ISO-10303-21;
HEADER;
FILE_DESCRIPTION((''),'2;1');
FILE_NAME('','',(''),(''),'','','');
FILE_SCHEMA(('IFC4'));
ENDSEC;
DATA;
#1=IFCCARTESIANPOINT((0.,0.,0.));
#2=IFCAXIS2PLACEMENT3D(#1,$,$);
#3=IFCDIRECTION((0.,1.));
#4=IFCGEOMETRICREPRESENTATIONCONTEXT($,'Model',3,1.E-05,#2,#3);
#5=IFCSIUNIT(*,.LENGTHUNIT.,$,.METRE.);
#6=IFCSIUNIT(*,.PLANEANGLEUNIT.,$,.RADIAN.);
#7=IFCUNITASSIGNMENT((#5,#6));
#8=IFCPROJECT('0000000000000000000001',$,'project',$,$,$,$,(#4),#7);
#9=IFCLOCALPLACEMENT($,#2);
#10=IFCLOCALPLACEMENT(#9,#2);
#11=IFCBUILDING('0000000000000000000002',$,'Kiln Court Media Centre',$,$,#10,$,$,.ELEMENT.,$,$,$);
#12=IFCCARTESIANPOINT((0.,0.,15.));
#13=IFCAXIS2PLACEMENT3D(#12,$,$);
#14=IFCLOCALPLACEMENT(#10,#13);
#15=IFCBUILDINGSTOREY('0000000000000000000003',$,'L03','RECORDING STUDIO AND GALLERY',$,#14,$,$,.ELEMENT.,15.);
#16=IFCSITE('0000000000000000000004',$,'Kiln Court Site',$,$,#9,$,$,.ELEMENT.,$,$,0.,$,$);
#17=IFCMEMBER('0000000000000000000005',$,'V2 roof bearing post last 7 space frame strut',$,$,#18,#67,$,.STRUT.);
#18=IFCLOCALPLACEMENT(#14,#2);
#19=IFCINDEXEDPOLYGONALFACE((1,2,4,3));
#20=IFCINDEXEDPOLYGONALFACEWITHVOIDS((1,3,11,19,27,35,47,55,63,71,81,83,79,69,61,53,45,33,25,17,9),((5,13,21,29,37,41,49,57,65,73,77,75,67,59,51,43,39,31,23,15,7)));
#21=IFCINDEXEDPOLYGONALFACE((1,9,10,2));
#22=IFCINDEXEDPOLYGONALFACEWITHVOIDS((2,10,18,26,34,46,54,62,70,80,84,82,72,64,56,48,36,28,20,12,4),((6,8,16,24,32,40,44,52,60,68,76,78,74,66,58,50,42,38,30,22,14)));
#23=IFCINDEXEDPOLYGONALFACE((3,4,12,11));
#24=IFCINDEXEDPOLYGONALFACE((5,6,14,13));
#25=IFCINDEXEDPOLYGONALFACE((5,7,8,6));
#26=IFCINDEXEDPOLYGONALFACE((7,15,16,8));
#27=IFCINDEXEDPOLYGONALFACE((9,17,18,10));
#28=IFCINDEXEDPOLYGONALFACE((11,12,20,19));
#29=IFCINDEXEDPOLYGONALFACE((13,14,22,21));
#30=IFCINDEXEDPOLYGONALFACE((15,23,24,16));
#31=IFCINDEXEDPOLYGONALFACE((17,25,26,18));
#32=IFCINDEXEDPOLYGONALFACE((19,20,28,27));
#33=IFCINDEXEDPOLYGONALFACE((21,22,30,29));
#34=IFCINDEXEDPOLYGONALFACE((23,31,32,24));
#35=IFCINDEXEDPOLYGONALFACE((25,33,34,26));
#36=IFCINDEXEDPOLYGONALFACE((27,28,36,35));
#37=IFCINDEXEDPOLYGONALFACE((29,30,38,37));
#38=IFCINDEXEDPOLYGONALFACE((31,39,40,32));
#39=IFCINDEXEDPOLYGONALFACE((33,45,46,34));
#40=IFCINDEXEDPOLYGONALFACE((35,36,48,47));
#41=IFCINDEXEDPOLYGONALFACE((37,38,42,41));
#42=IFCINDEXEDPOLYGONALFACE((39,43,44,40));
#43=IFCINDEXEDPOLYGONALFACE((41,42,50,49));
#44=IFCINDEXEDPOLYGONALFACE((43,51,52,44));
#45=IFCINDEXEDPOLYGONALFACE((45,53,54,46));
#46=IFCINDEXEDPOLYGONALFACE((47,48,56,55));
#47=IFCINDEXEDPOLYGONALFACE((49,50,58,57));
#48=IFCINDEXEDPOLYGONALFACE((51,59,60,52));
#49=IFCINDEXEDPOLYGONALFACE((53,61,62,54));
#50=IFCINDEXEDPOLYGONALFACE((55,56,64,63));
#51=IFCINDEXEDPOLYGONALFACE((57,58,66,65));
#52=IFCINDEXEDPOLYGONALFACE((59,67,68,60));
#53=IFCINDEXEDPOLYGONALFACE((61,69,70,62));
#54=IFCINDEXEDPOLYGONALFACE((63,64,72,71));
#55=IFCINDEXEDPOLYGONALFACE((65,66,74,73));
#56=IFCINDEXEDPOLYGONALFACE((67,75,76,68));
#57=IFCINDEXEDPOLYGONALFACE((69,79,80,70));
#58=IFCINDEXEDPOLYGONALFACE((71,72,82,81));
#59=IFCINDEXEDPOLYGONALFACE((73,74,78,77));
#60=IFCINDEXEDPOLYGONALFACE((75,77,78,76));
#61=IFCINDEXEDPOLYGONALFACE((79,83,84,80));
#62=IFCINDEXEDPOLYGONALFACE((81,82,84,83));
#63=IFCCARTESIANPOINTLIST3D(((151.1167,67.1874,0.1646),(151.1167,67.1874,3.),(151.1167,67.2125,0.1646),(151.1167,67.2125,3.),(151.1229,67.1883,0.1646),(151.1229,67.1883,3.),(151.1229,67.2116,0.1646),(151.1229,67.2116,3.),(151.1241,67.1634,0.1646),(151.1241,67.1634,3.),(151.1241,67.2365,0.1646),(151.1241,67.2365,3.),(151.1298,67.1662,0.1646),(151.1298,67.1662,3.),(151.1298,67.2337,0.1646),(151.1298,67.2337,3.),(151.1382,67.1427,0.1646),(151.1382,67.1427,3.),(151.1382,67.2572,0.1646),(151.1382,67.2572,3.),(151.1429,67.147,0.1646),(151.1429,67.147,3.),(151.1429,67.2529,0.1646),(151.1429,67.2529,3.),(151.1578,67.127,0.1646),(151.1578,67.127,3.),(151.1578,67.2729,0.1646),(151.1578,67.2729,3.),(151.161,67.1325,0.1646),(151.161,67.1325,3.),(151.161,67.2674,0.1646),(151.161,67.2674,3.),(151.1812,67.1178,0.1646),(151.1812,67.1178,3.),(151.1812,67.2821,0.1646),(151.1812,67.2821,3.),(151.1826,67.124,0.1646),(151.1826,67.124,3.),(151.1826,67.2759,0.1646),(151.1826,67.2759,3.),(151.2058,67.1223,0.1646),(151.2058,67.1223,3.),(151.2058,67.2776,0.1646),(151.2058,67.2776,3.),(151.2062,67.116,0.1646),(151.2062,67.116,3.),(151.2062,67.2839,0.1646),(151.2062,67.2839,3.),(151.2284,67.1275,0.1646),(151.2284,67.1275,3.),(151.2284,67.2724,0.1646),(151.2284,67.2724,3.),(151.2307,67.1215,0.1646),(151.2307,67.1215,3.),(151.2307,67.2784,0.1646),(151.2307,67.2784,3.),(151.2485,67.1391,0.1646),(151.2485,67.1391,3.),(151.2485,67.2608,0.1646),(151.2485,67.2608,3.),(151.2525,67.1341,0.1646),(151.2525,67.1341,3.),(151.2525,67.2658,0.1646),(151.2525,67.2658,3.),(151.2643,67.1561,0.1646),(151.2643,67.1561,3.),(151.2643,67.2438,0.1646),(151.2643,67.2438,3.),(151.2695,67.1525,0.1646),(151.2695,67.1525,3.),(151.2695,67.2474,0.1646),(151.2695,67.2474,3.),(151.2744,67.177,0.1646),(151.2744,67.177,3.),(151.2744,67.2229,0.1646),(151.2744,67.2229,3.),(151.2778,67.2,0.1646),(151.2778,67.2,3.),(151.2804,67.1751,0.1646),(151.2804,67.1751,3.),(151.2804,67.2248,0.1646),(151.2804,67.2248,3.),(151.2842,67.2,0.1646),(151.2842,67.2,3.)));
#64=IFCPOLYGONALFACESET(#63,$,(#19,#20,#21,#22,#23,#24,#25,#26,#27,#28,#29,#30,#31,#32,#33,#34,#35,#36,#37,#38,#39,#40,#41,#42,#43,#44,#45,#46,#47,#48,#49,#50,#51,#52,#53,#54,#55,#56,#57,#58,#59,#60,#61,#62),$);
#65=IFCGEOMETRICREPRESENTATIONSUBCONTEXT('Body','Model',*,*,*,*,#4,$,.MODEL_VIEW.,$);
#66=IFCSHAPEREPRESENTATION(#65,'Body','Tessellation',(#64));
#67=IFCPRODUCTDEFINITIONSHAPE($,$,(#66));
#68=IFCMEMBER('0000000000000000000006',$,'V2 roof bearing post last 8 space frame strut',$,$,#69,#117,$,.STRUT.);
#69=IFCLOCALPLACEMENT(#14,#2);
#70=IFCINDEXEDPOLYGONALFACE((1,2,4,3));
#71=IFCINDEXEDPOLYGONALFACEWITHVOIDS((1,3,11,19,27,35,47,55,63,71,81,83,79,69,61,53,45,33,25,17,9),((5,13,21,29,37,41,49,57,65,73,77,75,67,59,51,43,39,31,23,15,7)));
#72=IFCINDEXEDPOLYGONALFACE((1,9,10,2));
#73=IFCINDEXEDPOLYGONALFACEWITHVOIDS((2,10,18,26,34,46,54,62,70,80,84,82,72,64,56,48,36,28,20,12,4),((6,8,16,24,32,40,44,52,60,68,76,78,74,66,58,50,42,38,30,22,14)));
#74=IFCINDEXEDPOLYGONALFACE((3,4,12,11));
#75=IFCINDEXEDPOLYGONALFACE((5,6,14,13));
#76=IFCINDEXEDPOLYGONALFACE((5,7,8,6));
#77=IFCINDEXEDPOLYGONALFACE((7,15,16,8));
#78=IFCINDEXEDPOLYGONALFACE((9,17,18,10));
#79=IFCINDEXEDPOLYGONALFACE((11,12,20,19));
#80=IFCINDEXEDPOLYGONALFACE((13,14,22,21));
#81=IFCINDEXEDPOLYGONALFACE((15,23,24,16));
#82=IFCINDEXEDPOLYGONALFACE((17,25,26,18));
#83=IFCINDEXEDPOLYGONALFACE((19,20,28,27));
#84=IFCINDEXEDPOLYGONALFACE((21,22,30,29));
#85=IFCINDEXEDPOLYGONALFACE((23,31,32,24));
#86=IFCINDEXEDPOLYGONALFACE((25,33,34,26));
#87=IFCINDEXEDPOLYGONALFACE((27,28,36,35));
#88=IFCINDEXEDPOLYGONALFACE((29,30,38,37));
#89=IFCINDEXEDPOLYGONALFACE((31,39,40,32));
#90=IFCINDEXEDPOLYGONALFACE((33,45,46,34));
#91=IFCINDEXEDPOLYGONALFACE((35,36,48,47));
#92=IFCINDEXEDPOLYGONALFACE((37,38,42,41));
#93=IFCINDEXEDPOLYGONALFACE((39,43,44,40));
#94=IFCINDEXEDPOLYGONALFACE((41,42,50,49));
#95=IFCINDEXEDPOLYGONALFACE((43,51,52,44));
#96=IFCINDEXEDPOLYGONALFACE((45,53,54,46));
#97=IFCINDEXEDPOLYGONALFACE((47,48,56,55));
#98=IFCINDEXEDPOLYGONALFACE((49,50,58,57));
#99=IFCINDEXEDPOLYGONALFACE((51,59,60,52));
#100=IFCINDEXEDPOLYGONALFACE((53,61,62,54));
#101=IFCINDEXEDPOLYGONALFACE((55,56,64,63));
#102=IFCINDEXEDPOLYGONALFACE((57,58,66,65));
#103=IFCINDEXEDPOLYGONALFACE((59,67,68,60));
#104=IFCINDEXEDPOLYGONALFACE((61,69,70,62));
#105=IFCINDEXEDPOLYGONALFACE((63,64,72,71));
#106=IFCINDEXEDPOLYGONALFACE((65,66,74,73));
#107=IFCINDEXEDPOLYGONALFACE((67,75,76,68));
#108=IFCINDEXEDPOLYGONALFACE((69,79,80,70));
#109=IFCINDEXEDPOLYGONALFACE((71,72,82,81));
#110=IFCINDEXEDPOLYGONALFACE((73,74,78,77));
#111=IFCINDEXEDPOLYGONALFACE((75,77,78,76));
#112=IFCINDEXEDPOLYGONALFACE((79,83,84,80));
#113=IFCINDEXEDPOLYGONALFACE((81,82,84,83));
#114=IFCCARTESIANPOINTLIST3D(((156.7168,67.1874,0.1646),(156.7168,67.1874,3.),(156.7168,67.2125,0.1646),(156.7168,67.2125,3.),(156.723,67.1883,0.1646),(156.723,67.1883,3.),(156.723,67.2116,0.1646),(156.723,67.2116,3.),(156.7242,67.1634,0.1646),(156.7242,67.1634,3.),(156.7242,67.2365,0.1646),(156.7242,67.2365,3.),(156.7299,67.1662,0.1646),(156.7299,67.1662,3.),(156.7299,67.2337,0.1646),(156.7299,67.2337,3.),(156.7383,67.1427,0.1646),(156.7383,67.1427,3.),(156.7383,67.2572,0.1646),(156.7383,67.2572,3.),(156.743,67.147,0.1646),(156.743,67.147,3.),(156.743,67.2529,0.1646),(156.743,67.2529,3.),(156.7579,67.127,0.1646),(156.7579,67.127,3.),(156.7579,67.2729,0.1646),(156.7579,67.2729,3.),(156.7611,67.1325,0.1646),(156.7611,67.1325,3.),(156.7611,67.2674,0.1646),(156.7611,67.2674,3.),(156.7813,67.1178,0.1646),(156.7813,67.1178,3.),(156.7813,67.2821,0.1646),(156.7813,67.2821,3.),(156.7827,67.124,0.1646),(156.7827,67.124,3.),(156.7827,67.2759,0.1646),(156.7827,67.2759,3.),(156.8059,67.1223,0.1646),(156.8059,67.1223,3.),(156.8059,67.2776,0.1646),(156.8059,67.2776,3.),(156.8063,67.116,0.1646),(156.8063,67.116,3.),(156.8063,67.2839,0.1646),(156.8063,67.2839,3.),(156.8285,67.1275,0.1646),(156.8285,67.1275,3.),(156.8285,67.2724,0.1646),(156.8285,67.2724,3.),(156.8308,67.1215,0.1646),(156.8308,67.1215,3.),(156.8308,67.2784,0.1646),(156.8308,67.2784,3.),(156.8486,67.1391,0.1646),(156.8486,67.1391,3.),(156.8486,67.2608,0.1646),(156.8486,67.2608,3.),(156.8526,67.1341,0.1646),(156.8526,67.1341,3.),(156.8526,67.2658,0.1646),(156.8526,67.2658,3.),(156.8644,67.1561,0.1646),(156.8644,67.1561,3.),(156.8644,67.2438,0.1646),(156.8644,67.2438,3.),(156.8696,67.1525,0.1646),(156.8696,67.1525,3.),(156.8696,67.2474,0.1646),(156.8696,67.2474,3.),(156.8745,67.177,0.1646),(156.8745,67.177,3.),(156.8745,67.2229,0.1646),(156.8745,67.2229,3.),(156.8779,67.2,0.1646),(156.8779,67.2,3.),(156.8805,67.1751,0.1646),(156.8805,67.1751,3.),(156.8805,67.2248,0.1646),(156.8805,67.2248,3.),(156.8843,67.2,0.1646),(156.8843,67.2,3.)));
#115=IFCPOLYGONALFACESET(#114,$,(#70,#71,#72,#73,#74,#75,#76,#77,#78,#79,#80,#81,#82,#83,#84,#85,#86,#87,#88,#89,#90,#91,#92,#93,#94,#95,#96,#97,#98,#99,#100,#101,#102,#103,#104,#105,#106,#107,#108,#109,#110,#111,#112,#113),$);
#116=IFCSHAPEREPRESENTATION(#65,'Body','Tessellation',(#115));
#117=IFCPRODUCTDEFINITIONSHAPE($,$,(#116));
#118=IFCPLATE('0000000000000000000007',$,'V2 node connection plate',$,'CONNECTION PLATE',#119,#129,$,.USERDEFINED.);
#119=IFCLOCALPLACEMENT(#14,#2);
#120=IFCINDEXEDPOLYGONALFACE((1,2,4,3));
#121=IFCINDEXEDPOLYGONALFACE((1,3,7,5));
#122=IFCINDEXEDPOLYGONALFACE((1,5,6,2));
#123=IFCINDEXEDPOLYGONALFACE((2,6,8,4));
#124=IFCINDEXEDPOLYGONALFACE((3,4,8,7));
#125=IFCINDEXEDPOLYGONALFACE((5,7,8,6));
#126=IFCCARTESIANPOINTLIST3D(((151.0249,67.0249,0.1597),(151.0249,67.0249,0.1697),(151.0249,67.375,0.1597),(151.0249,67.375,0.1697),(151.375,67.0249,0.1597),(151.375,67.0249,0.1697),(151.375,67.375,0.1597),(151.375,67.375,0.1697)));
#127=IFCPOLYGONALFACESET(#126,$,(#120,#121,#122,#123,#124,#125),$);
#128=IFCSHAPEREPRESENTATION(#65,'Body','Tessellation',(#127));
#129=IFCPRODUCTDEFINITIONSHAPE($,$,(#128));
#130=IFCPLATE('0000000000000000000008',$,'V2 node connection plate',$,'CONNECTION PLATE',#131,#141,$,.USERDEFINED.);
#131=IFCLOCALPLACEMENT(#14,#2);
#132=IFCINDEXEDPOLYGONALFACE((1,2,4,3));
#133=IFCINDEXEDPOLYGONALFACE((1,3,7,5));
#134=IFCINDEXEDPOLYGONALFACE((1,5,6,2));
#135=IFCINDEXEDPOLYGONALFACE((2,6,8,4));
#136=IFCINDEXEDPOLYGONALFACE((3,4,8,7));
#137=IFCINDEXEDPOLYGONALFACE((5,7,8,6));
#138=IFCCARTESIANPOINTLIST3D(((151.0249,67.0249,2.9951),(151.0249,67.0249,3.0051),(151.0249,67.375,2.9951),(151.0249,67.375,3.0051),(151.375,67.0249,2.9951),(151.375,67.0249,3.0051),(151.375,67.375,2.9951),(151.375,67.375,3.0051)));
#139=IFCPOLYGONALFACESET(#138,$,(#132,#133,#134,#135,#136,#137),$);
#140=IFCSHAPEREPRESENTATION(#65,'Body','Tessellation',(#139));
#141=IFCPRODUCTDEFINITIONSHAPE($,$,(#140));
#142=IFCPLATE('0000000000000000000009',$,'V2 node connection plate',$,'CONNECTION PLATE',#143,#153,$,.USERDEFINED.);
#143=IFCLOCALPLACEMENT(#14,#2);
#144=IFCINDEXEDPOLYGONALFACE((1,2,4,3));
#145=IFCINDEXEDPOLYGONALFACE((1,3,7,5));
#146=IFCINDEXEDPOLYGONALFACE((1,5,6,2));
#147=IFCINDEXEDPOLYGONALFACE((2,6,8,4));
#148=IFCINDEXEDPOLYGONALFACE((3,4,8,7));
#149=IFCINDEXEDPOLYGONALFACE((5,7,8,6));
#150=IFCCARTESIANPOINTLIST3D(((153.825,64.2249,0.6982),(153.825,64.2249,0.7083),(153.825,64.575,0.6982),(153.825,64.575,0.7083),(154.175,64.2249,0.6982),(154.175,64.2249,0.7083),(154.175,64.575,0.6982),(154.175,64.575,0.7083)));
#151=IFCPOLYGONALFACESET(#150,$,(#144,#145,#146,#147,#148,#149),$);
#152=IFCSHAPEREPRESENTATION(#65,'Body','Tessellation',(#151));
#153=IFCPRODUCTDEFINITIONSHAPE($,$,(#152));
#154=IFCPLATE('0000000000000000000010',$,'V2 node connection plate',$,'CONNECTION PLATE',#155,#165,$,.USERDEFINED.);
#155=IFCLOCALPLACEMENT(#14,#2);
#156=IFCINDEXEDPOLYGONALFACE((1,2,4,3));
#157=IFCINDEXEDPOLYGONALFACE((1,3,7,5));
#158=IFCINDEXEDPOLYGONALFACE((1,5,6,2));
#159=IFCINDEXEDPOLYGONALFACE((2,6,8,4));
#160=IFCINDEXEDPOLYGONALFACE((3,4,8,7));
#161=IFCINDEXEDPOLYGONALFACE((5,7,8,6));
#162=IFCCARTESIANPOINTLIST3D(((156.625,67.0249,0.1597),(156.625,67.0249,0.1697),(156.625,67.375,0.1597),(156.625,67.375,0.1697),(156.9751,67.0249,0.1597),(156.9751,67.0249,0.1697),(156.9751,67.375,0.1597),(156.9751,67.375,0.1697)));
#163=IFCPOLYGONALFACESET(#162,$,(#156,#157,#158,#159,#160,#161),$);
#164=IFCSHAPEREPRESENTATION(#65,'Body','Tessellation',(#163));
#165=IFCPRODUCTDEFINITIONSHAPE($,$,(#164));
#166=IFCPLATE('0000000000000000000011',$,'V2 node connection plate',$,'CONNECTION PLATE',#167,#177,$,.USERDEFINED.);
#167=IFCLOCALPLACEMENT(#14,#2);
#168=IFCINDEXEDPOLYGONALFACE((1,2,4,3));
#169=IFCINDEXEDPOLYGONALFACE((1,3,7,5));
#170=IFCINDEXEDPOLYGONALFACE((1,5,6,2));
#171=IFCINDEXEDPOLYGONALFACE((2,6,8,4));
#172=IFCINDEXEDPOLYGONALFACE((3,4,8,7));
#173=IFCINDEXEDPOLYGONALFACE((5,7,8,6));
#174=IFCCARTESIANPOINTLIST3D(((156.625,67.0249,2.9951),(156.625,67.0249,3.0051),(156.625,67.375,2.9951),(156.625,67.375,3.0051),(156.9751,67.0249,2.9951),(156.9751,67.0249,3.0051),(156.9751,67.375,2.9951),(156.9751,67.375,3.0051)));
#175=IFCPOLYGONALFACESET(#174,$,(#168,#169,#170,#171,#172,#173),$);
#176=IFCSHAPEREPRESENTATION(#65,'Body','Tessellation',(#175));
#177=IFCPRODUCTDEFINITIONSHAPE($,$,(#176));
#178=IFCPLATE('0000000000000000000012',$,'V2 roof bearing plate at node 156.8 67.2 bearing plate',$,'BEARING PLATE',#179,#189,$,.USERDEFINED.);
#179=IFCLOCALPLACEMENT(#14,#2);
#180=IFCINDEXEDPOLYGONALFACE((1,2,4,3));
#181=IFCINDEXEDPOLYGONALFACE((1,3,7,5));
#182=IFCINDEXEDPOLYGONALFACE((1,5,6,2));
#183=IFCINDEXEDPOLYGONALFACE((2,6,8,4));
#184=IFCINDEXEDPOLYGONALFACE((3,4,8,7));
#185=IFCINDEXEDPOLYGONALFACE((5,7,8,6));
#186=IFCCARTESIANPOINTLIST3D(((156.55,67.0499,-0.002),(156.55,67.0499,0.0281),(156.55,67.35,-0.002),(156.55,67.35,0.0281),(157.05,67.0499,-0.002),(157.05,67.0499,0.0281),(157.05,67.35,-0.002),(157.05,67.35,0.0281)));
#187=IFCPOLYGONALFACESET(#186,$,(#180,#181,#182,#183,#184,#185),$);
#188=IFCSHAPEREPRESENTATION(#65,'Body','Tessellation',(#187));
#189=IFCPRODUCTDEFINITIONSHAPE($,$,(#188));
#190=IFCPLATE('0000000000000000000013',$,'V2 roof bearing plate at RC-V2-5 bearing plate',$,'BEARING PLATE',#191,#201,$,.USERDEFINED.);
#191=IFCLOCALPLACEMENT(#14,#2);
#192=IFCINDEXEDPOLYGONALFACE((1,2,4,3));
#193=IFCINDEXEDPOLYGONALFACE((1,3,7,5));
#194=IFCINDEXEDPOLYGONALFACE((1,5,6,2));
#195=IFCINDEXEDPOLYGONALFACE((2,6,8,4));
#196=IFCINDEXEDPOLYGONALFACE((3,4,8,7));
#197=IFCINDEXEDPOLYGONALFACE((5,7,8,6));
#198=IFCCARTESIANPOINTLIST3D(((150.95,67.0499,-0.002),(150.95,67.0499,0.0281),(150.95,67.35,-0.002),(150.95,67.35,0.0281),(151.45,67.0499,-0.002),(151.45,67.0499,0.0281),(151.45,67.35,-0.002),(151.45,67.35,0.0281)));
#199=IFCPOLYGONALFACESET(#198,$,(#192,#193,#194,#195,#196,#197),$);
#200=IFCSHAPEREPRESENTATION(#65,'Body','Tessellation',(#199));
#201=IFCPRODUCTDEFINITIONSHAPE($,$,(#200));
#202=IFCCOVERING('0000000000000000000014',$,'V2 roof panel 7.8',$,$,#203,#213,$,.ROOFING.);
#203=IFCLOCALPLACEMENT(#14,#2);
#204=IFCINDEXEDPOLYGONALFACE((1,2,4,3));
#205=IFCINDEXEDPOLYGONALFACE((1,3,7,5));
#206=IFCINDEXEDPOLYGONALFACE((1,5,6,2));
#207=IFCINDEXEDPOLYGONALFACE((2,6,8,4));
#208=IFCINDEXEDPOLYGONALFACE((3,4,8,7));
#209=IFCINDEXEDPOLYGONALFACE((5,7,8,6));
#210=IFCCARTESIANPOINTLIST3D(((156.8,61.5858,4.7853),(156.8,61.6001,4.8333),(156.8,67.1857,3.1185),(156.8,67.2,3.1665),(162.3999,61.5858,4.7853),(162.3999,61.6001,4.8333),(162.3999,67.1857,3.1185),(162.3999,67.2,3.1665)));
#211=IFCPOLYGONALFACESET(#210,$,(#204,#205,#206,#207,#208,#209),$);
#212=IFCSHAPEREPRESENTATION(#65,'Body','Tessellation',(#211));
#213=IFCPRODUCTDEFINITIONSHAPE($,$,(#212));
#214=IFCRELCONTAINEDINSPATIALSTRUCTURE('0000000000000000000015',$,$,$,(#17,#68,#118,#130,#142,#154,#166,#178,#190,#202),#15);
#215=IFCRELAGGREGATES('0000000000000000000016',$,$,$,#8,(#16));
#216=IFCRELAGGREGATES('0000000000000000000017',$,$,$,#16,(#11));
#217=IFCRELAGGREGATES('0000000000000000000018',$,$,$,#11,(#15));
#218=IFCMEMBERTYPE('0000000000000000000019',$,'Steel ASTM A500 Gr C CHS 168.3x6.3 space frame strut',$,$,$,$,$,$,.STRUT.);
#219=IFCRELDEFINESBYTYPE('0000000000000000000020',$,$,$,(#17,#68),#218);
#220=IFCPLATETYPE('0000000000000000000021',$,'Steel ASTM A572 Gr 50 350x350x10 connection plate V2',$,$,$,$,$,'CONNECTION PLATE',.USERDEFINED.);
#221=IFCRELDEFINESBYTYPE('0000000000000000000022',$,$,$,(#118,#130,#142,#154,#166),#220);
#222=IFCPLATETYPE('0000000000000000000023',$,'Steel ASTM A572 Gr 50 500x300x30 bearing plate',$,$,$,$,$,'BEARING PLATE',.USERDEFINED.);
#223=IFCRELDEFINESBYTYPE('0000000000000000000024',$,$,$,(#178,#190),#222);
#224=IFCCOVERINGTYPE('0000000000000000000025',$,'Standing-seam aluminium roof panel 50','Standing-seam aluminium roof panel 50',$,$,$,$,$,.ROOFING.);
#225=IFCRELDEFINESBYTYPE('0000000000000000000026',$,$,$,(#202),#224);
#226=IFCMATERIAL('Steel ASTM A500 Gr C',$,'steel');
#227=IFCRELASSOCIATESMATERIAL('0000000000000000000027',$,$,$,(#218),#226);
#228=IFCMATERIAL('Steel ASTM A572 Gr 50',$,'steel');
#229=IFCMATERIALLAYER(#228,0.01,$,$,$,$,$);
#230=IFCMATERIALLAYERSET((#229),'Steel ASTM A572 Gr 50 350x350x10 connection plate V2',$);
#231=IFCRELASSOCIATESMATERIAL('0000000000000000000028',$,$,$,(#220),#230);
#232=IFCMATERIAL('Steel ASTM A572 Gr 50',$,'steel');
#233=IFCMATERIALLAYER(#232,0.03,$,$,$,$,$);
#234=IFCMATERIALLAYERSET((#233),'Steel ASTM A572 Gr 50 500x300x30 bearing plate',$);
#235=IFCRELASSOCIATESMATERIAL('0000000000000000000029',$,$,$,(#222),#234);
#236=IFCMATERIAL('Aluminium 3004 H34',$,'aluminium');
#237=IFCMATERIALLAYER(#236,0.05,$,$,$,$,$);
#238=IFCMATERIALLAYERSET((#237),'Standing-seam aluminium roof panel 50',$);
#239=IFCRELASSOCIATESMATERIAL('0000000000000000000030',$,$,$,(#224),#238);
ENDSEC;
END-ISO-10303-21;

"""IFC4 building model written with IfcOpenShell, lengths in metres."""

from ifc_helpers import new_model, si_unit, direction, frame, origin, origin_2d, place, context, subcontext, project, spatial, polyline, rectangle, hollow_circle, outline, extrude, material, layer, layer_set, material_profile, profile_set, type_object, element, save


model = new_model("IFC4")

# Units and contexts
model_context = context("Model", 3, precision=1e-05, world=origin(), true_north=direction((0.0, 1.0)))
body_context = subcontext(model_context, "Body", "Model", "MODEL_VIEW")
ifc_project = project(units=[si_unit("LENGTHUNIT", "METRE"), si_unit("PLANEANGLEUNIT", "RADIAN")], contexts=[model_context])

# Site, building, storey
site_placement = place(None, origin())
site = spatial("IfcSite", under=ifc_project, at=site_placement, Name="Kiln Court Site", CompositionType="ELEMENT", RefElevation=0.0)
building_placement = place(site_placement, origin())
building = spatial("IfcBuilding", under=site, at=building_placement, Name="Kiln Court Media Centre", CompositionType="ELEMENT")
storey_placement = place(building_placement, frame((0.0, 0.0, 15.0)))
storey = spatial("IfcBuildingStorey", under=building, at=storey_placement, Name="L03", Description="RECORDING STUDIO AND GALLERY", CompositionType="ELEMENT", Elevation=15.0)

# Members
ifc_material_1 = material(Name="Steel ASTM A500 Gr C", Category="steel")
ifc_material_profile_1 = material_profile(ifc_material_1, hollow_circle(Radius=0.0842, WallThickness=0.0063, at=origin_2d()), Name="CHS 168.3x6.3")
ifc_profile_set_1 = profile_set([ifc_material_profile_1], Name="Steel ASTM A500 Gr C")
member_type_1 = type_object("IfcMemberType", Name="Steel ASTM A500 Gr C CHS 168.3x6.3 space frame strut", PredefinedType="STRUT", material=ifc_profile_set_1)
for number, where, z_axis, x_axis, name in (
    (1, (151.2, 67.2, 0.1646), (0.0, 0.0, 1.0), (1.0, 0.0, 0.0), "V2 roof bearing post last 7 space frame strut"),
    (2, (156.8, 67.2, 0.1646), (0.0, 0.0, 1.0), (1.0, 0.0, 0.0), "V2 roof bearing post last 8 space frame strut"),
):
    element("IfcMember", number, at=place(storey_placement, frame(where, z_axis=z_axis, x_axis=x_axis)), inside=storey, type_object=member_type_1, Name=name, PredefinedType="STRUT", context=body_context, shape_type="SweptSolid", body=[
        extrude(hollow_circle(Radius=0.0842, WallThickness=0.0063, at=origin_2d()), origin(), (0.0, 0.0, 1.0), 2.8354),
    ])

# Plates
ifc_material_2 = material(Name="Steel ASTM A572 Gr 50", Category="steel")
ifc_layer_1 = layer(ifc_material_2, 0.01)
ifc_layer_set_1 = layer_set([ifc_layer_1], Name="Steel ASTM A572 Gr 50 350x350x10 connection plate V2")
plate_type_1 = type_object("IfcPlateType", Name="Steel ASTM A572 Gr 50 350x350x10 connection plate V2", ElementType="CONNECTION PLATE", PredefinedType="USERDEFINED", material=ifc_layer_set_1)
for number, where, z_axis, x_axis, name in (
    (3, (151.2, 67.2, 0.1597), (0.0, 0.0, 1.0), (1.0, 0.0, 0.0), "V2 node connection plate"),
    (4, (151.2, 67.2, 2.9951), (0.0, 0.0, 1.0), (1.0, 0.0, 0.0), "V2 node connection plate"),
    (5, (154.0, 64.3999, 0.6982), (0.0, 0.0, 1.0), (1.0, 0.0, 0.0), "V2 node connection plate"),
    (6, (156.8, 67.2, 0.1597), (0.0, 0.0, 1.0), (1.0, 0.0, 0.0), "V2 node connection plate"),
    (7, (156.8, 67.2, 2.9951), (0.0, 0.0, 1.0), (1.0, 0.0, 0.0), "V2 node connection plate"),
):
    element("IfcPlate", number, at=place(storey_placement, frame(where, z_axis=z_axis, x_axis=x_axis)), inside=storey, type_object=plate_type_1, Name=name, ObjectType="CONNECTION PLATE", PredefinedType="USERDEFINED", context=body_context, shape_type="SweptSolid", body=[
        extrude(rectangle(XDim=0.3501, YDim=0.3501, at=origin_2d()), origin(), (0.0, 0.0, 1.0), 0.01),
    ])
ifc_material_3 = material(Name="Steel ASTM A572 Gr 50", Category="steel")
ifc_layer_2 = layer(ifc_material_3, 0.03)
ifc_layer_set_2 = layer_set([ifc_layer_2], Name="Steel ASTM A572 Gr 50 500x300x30 bearing plate")
plate_type_2 = type_object("IfcPlateType", Name="Steel ASTM A572 Gr 50 500x300x30 bearing plate", ElementType="BEARING PLATE", PredefinedType="USERDEFINED", material=ifc_layer_set_2)
for number, where, z_axis, x_axis, name in (
    (8, (156.8, 67.2, -0.002), (0.0, 0.0, 1.0), (1.0, 0.0, 0.0), "V2 roof bearing plate at node 156.8 67.2 bearing plate"),
    (9, (151.2, 67.2, -0.002), (0.0, 0.0, 1.0), (1.0, 0.0, 0.0), "V2 roof bearing plate at RC-V2-5 bearing plate"),
):
    element("IfcPlate", number, at=place(storey_placement, frame(where, z_axis=z_axis, x_axis=x_axis)), inside=storey, type_object=plate_type_2, Name=name, ObjectType="BEARING PLATE", PredefinedType="USERDEFINED", context=body_context, shape_type="SweptSolid", body=[
        extrude(rectangle(XDim=0.5, YDim=0.3, at=origin_2d()), origin(), (0.0, 0.0, 1.0), 0.03),
    ])

# Covering
ifc_material_4 = material(Name="Aluminium 3004 H34", Category="aluminium")
ifc_layer_3 = layer(ifc_material_4, 0.05)
ifc_layer_set_3 = layer_set([ifc_layer_3], Name="Standing-seam aluminium roof panel 50")
covering_type = type_object("IfcCoveringType", Name="Standing-seam aluminium roof panel 50", Description="Standing-seam aluminium roof panel 50", PredefinedType="ROOFING", material=ifc_layer_set_3)
covering_placement = place(storey_placement, frame((156.8, 61.6001, 4.8333), z_axis=(0.0, 0.285273, 0.958446), x_axis=(0.0, 0.958446, -0.285273)))
element("IfcCovering", 10, at=covering_placement, inside=storey, type_object=covering_type, Name="V2 roof panel 7.8", PredefinedType="ROOFING", context=body_context, shape_type="SweptSolid", body=[
    extrude(outline(polyline([(0.0, 0.0), (5.8426, 0.0), (5.8426, -5.5999), (0.0, -5.5999), (0.0, 0.0)])), origin(), (0.0, 0.0, -1.0), 0.05),
])

save(model, "model.ifc")
